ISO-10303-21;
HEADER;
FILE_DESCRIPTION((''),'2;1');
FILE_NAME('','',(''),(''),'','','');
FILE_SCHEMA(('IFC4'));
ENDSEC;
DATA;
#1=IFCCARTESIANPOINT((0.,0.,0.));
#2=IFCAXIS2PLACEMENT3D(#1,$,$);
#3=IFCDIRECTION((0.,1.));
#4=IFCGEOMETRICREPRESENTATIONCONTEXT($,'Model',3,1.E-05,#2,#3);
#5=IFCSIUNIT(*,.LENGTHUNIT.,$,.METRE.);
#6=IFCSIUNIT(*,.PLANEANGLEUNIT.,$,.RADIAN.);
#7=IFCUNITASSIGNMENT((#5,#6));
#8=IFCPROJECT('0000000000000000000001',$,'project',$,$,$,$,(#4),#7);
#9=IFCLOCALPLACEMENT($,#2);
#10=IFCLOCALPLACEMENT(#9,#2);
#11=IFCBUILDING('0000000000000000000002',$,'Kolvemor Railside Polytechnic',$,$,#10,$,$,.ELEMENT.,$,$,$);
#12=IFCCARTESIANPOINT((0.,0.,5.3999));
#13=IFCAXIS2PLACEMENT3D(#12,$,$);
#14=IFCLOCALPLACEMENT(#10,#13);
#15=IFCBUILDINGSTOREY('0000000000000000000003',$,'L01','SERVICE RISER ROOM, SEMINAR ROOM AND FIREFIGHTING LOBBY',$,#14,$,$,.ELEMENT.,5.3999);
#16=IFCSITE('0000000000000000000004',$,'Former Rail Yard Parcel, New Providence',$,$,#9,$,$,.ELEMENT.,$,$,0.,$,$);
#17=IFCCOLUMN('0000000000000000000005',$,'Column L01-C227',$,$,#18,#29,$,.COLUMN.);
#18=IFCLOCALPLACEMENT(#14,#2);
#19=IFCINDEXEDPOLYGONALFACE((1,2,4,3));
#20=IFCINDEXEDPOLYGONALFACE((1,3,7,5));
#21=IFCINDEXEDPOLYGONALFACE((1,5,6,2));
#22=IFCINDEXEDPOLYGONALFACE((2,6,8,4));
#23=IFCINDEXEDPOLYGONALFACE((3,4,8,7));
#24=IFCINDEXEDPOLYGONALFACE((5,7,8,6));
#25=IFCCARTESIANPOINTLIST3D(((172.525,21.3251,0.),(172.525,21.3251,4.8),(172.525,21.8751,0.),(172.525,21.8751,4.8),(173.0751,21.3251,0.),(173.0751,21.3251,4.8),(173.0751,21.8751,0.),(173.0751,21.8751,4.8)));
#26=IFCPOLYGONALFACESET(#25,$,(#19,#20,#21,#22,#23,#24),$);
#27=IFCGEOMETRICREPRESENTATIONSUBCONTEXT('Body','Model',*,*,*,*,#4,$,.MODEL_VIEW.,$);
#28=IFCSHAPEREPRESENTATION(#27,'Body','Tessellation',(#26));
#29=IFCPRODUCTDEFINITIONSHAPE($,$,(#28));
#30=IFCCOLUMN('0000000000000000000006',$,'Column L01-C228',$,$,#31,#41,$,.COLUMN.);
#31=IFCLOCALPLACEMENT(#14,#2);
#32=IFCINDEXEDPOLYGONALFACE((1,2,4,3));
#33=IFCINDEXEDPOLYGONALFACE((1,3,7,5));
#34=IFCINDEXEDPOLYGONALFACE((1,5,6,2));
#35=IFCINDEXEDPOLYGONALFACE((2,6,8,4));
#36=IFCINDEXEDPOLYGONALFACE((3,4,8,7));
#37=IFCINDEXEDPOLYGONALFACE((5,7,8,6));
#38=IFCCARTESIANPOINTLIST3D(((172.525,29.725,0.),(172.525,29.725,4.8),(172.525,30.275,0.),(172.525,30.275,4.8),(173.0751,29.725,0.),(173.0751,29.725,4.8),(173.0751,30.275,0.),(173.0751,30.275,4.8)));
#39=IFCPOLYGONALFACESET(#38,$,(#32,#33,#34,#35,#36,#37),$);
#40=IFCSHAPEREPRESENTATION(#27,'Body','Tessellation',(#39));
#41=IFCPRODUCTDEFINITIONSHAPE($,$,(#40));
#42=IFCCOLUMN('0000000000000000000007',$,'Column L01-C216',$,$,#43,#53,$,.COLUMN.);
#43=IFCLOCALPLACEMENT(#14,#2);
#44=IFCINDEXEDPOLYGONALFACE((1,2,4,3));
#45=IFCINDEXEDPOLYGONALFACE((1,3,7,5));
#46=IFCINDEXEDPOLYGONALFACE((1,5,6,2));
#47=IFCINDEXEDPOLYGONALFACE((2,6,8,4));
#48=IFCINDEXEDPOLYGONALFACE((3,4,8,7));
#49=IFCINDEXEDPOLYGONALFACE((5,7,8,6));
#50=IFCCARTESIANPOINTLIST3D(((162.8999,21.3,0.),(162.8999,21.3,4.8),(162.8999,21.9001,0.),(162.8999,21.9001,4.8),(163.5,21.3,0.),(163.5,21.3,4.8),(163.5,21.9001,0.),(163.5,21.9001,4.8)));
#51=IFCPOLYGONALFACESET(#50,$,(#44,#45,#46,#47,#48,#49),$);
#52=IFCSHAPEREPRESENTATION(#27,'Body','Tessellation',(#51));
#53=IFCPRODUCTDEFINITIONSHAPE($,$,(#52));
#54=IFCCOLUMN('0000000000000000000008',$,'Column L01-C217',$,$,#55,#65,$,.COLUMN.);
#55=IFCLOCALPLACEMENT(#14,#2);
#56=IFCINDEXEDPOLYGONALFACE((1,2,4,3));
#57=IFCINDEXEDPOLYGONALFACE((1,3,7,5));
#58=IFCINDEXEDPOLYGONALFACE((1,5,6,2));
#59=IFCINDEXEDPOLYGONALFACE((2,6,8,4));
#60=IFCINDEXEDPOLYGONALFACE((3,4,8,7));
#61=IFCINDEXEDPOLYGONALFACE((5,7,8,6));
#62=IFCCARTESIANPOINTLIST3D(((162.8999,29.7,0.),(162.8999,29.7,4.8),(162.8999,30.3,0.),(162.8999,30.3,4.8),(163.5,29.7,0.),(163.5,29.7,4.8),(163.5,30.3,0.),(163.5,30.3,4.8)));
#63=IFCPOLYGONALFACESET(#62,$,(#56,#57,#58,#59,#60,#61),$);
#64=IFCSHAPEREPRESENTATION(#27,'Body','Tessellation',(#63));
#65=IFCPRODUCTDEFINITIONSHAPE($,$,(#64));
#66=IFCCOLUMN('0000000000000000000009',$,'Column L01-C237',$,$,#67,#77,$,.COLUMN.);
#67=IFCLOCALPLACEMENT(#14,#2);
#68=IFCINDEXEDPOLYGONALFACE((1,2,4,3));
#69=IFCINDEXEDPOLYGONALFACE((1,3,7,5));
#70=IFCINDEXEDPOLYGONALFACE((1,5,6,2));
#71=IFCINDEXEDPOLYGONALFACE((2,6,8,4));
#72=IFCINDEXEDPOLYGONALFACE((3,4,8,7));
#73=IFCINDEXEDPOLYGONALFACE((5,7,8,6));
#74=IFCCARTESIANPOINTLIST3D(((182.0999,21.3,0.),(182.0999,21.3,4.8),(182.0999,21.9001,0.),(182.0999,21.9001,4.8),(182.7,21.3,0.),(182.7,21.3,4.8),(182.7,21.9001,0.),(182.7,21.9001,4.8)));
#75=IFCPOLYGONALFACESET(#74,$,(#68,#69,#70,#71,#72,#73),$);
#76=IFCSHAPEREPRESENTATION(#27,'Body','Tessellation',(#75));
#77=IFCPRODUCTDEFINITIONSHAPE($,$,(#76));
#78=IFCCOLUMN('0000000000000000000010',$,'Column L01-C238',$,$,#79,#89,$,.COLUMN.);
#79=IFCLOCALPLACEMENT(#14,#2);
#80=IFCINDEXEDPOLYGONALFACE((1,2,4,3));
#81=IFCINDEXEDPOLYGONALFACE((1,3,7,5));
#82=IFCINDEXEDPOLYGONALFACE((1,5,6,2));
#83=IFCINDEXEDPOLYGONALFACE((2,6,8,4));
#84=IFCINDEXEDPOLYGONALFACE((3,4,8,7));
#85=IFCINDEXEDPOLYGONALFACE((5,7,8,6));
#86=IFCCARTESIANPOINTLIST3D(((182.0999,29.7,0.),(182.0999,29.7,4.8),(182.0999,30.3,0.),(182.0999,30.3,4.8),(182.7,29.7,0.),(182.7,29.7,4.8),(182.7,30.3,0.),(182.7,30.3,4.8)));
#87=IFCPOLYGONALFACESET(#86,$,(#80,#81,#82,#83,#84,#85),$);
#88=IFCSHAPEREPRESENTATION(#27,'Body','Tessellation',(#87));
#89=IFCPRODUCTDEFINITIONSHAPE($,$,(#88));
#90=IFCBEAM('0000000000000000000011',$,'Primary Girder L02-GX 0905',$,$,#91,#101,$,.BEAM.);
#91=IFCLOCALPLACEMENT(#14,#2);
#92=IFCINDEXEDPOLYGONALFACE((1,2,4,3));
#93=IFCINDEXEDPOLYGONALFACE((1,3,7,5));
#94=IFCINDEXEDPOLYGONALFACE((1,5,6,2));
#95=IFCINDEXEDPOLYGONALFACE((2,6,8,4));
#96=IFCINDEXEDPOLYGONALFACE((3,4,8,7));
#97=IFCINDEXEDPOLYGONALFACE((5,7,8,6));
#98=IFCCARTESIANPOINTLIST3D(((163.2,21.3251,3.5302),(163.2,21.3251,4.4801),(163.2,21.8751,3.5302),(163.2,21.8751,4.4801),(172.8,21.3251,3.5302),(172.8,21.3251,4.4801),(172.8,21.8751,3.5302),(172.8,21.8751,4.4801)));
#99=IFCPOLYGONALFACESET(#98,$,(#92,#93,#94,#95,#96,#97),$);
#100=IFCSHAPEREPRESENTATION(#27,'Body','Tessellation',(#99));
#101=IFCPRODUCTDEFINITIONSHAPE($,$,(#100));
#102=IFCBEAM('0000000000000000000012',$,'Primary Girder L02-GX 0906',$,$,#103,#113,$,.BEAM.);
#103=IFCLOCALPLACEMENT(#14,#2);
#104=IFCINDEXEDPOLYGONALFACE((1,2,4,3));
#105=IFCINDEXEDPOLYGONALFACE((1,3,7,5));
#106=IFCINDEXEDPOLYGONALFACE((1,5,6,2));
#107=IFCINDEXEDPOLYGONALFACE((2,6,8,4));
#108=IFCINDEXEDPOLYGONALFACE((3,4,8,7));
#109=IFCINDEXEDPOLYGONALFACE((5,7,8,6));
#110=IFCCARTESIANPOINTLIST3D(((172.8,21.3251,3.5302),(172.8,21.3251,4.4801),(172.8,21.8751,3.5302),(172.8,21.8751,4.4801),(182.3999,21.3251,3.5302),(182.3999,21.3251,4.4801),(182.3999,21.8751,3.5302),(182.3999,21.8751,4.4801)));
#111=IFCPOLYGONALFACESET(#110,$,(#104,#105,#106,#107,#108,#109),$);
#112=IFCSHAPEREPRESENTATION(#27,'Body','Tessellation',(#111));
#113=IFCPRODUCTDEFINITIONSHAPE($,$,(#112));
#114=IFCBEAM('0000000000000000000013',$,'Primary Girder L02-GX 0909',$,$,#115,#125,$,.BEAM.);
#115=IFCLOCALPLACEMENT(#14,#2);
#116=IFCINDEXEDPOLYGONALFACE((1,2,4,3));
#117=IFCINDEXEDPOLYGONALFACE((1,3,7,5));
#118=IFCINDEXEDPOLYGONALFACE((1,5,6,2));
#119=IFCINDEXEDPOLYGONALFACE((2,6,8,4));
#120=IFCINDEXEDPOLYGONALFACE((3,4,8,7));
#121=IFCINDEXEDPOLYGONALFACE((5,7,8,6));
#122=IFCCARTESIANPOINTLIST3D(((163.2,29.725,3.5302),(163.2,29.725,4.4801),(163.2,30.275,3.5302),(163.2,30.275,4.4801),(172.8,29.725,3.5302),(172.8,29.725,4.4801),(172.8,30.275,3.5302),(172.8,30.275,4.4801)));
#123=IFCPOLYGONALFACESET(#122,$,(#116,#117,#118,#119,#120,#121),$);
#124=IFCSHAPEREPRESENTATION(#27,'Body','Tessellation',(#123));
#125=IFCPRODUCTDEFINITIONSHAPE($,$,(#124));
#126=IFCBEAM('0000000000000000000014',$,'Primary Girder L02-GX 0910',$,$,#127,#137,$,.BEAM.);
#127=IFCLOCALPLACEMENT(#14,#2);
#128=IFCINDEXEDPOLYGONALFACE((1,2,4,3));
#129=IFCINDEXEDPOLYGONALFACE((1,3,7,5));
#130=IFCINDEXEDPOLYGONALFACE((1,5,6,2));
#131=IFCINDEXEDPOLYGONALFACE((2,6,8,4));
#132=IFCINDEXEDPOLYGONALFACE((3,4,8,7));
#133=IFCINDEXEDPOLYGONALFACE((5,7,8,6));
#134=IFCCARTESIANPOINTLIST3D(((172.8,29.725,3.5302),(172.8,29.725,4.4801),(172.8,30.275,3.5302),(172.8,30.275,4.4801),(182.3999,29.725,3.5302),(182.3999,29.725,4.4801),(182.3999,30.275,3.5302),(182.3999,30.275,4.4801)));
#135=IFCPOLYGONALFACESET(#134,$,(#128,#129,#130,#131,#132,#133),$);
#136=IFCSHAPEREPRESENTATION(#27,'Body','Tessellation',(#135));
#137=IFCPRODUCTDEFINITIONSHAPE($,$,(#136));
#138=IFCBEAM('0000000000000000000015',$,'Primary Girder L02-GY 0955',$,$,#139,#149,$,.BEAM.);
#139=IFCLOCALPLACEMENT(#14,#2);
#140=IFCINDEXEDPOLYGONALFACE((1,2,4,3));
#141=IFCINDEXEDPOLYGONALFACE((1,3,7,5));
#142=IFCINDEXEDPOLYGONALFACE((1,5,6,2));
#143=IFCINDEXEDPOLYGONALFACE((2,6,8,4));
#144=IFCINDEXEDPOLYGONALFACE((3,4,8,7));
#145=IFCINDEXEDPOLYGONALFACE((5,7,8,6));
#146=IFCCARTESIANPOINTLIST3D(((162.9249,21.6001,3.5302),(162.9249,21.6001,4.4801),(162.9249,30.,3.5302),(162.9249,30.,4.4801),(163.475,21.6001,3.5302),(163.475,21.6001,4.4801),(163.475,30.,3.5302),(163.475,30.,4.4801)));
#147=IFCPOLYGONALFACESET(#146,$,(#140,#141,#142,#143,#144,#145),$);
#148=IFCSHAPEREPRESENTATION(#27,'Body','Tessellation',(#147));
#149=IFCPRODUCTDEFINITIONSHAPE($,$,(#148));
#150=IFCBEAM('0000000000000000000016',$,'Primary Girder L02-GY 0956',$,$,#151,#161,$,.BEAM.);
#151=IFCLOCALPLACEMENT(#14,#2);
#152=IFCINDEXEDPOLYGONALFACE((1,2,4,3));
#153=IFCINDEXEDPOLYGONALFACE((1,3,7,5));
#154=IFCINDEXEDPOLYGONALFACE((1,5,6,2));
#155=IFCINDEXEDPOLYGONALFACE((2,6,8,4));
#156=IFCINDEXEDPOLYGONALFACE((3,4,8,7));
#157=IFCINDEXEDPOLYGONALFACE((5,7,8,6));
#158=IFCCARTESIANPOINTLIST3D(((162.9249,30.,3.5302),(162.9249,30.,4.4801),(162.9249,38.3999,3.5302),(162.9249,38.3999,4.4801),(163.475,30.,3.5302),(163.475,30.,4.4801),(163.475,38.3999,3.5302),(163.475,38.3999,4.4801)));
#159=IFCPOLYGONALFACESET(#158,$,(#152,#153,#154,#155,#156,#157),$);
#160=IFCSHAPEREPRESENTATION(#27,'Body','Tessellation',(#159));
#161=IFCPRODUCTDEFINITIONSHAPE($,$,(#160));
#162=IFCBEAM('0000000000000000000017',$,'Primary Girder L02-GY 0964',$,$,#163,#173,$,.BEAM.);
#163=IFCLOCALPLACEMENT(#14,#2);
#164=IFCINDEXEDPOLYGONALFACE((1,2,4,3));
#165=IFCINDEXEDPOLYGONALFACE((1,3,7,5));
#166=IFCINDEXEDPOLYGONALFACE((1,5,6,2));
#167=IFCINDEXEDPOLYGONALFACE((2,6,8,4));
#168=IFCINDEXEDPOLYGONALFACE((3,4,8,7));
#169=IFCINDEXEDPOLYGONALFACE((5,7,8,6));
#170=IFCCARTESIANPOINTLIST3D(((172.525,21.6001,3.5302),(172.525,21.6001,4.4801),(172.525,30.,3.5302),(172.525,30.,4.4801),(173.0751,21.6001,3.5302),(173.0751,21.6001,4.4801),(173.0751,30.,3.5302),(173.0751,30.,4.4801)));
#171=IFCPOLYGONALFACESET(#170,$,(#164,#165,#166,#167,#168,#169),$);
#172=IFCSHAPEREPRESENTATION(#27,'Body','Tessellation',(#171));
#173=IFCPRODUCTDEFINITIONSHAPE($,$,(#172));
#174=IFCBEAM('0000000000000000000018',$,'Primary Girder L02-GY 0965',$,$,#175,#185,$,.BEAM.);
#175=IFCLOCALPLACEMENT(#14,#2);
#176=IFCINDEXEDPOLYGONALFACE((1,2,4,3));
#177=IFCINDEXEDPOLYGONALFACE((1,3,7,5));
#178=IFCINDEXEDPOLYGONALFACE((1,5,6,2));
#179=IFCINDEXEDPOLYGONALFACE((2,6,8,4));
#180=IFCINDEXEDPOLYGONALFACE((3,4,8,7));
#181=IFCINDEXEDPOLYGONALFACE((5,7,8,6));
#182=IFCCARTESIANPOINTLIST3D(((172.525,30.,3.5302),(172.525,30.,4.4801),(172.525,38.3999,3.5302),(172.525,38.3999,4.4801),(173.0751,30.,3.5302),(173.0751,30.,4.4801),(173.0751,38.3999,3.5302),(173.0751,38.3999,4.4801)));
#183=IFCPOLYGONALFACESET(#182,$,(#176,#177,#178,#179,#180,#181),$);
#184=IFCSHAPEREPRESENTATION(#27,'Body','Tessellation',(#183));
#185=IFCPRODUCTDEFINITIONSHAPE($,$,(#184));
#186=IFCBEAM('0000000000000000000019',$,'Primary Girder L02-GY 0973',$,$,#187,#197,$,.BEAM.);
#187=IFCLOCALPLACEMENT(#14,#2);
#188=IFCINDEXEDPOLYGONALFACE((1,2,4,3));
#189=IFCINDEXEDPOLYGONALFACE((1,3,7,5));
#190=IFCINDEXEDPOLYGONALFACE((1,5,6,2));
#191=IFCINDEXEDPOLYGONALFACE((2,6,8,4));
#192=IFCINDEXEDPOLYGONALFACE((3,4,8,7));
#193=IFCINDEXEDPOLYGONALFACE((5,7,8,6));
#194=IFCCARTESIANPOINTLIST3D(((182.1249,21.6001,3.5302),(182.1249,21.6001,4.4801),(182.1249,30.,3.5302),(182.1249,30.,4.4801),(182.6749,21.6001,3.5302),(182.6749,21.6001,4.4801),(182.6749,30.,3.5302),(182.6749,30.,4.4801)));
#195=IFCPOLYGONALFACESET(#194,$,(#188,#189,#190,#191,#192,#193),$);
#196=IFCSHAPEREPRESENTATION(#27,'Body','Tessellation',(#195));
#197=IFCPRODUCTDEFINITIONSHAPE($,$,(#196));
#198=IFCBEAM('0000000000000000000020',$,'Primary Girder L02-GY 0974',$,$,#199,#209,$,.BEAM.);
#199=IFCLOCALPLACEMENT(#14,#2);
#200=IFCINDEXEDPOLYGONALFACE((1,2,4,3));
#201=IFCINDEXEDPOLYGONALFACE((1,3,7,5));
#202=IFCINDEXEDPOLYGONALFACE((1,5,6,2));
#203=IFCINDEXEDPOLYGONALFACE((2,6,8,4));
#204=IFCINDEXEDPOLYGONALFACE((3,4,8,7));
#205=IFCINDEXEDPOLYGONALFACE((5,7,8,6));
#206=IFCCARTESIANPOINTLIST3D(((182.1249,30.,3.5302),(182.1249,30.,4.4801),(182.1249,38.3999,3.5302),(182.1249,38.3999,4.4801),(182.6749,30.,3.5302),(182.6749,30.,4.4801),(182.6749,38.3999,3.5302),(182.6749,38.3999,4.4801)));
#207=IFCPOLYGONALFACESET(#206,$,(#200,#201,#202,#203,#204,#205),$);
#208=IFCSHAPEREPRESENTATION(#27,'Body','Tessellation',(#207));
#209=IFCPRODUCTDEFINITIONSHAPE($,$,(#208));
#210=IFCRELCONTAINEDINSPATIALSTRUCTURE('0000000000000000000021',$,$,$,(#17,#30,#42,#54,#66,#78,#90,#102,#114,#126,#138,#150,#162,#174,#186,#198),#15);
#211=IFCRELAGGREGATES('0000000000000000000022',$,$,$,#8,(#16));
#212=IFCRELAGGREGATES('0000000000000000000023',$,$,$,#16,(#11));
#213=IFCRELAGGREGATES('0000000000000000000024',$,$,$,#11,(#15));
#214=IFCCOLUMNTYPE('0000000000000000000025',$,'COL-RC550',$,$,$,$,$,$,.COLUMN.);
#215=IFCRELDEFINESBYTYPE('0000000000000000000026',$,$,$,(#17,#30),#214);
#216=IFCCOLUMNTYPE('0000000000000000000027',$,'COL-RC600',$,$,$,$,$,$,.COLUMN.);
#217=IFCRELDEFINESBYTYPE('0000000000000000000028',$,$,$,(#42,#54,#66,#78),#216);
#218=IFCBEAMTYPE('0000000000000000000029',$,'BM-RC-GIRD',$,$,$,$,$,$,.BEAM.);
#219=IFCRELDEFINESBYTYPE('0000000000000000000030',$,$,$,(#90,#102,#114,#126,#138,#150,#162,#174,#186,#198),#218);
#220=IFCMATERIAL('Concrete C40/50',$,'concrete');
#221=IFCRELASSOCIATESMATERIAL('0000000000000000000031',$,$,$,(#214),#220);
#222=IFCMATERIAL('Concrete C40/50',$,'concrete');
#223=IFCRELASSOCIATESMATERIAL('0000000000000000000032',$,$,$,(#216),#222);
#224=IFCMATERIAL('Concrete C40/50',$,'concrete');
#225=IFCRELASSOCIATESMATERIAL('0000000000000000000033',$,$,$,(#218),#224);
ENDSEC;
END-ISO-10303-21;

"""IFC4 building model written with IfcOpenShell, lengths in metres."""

from ifc_helpers import new_model, si_unit, direction, frame, origin, origin_2d, place, context, subcontext, project, spatial, rectangle, extrude, material, material_profile, profile_set, type_object, element, save


model = new_model("IFC4")

# Units and contexts
model_context = context("Model", 3, precision=1e-05, world=origin(), true_north=direction((0.0, 1.0)))
body_context = subcontext(model_context, "Body", "Model", "MODEL_VIEW")
ifc_project = project(units=[si_unit("LENGTHUNIT", "METRE"), si_unit("PLANEANGLEUNIT", "RADIAN")], contexts=[model_context])

# Site, building, storey
site_placement = place(None, origin())
site = spatial("IfcSite", under=ifc_project, at=site_placement, Name="Former Rail Yard Parcel, New Providence", CompositionType="ELEMENT", RefElevation=0.0)
building_placement = place(site_placement, origin())
building = spatial("IfcBuilding", under=site, at=building_placement, Name="Kolvemor Railside Polytechnic", CompositionType="ELEMENT")
storey_placement = place(building_placement, frame((0.0, 0.0, 5.3999)))
storey = spatial("IfcBuildingStorey", under=building, at=storey_placement, Name="L01", Description="SERVICE RISER ROOM, SEMINAR ROOM AND FIREFIGHTING LOBBY", CompositionType="ELEMENT", Elevation=5.3999)

# Columns
ifc_material_1 = material(Name="Concrete C40/50", Category="concrete")
ifc_material_profile_1 = material_profile(ifc_material_1, rectangle(XDim=0.55, YDim=0.55, at=origin_2d()), Name="RC550x550")
ifc_profile_set_1 = profile_set([ifc_material_profile_1], Name="Concrete C40/50")
column_type_1 = type_object("IfcColumnType", Name="COL-RC550", PredefinedType="COLUMN", material=ifc_profile_set_1)
for number, where, z_axis, x_axis, name in (
    (1, (172.8, 21.6001, 0.0), (0.0, 0.0, 1.0), (1.0, 0.0, 0.0), "Column L01-C227"),
    (2, (172.8, 30.0, 0.0), (0.0, 0.0, 1.0), (1.0, 0.0, 0.0), "Column L01-C228"),
):
    element("IfcColumn", number, at=place(storey_placement, frame(where, z_axis=z_axis, x_axis=x_axis)), inside=storey, type_object=column_type_1, Name=name, PredefinedType="COLUMN", context=body_context, shape_type="SweptSolid", body=[
        extrude(rectangle(XDim=0.55, YDim=0.55, at=origin_2d()), origin(), (0.0, 0.0, 1.0), 4.8),
    ])
ifc_material_2 = material(Name="Concrete C40/50", Category="concrete")
ifc_material_profile_2 = material_profile(ifc_material_2, rectangle(XDim=0.6001, YDim=0.6001, at=origin_2d()), Name="RC600x600")
ifc_profile_set_2 = profile_set([ifc_material_profile_2], Name="Concrete C40/50")
column_type_2 = type_object("IfcColumnType", Name="COL-RC600", PredefinedType="COLUMN", material=ifc_profile_set_2)
for number, where, z_axis, x_axis, name in (
    (3, (163.2, 21.6001, 0.0), (0.0, 0.0, 1.0), (1.0, 0.0, 0.0), "Column L01-C216"),
    (4, (163.2, 30.0, 0.0), (0.0, 0.0, 1.0), (1.0, 0.0, 0.0), "Column L01-C217"),
    (5, (182.3999, 21.6001, 0.0), (0.0, 0.0, 1.0), (1.0, 0.0, 0.0), "Column L01-C237"),
    (6, (182.3999, 30.0, 0.0), (0.0, 0.0, 1.0), (1.0, 0.0, 0.0), "Column L01-C238"),
):
    element("IfcColumn", number, at=place(storey_placement, frame(where, z_axis=z_axis, x_axis=x_axis)), inside=storey, type_object=column_type_2, Name=name, PredefinedType="COLUMN", context=body_context, shape_type="SweptSolid", body=[
        extrude(rectangle(XDim=0.6001, YDim=0.6001, at=origin_2d()), origin(), (0.0, 0.0, 1.0), 4.8),
    ])

# Beams
ifc_material_3 = material(Name="Concrete C40/50", Category="concrete")
ifc_material_profile_3 = material_profile(ifc_material_3, rectangle(XDim=0.55, YDim=0.95, at=origin_2d()), Name="RC550x950")
ifc_profile_set_3 = profile_set([ifc_material_profile_3], Name="Concrete C40/50")
beam_type_1 = type_object("IfcBeamType", Name="BM-RC-GIRD", PredefinedType="BEAM", material=ifc_profile_set_3)
beam_1_placement = place(storey_placement, frame((163.2, 21.6001, 4.0051), z_axis=(1.0, 0.0, 0.0), x_axis=(0.0, 1.0, 0.0)))
element("IfcBeam", 7, at=beam_1_placement, inside=storey, type_object=beam_type_1, Name="Primary Girder L02-GX 0905", PredefinedType="BEAM", context=body_context, shape_type="SweptSolid", body=[
    extrude(rectangle(XDim=0.55, YDim=0.95, at=origin_2d()), origin(), (0.0, 0.0, 1.0), 9.6001),
])
beam_2_placement = place(storey_placement, frame((172.8, 21.6001, 4.0051), z_axis=(1.0, 0.0, 0.0), x_axis=(0.0, 1.0, 0.0)))
element("IfcBeam", 8, at=beam_2_placement, inside=storey, type_object=beam_type_1, Name="Primary Girder L02-GX 0906", PredefinedType="BEAM", context=body_context, shape_type="SweptSolid", body=[
    extrude(rectangle(XDim=0.55, YDim=0.95, at=origin_2d()), origin(), (0.0, 0.0, 1.0), 9.5999),
])
beam_3_placement = place(storey_placement, frame((163.2, 30.0, 4.0051), z_axis=(1.0, 0.0, 0.0), x_axis=(0.0, 1.0, 0.0)))
element("IfcBeam", 9, at=beam_3_placement, inside=storey, type_object=beam_type_1, Name="Primary Girder L02-GX 0909", PredefinedType="BEAM", context=body_context, shape_type="SweptSolid", body=[
    extrude(rectangle(XDim=0.55, YDim=0.95, at=origin_2d()), origin(), (0.0, 0.0, 1.0), 9.6001),
])
beam_4_placement = place(storey_placement, frame((172.8, 30.0, 4.0051), z_axis=(1.0, 0.0, 0.0), x_axis=(0.0, 1.0, 0.0)))
element("IfcBeam", 10, at=beam_4_placement, inside=storey, type_object=beam_type_1, Name="Primary Girder L02-GX 0910", PredefinedType="BEAM", context=body_context, shape_type="SweptSolid", body=[
    extrude(rectangle(XDim=0.55, YDim=0.95, at=origin_2d()), origin(), (0.0, 0.0, 1.0), 9.5999),
])
for number, where, z_axis, x_axis, name in (
    (11, (163.2, 21.6001, 4.0051), (0.0, 1.0, 0.0), (-1.0, 0.0, 0.0), "Primary Girder L02-GY 0955"),
    (12, (163.2, 30.0, 4.0051), (0.0, 1.0, 0.0), (-1.0, 0.0, 0.0), "Primary Girder L02-GY 0956"),
    (13, (172.8, 21.6001, 4.0051), (0.0, 1.0, 0.0), (-1.0, 0.0, 0.0), "Primary Girder L02-GY 0964"),
    (14, (172.8, 30.0, 4.0051), (0.0, 1.0, 0.0), (-1.0, 0.0, 0.0), "Primary Girder L02-GY 0965"),
    (15, (182.3999, 21.6001, 4.0051), (0.0, 1.0, 0.0), (-1.0, 0.0, 0.0), "Primary Girder L02-GY 0973"),
    (16, (182.3999, 30.0, 4.0051), (0.0, 1.0, 0.0), (-1.0, 0.0, 0.0), "Primary Girder L02-GY 0974"),
):
    element("IfcBeam", number, at=place(storey_placement, frame(where, z_axis=z_axis, x_axis=x_axis)), inside=storey, type_object=beam_type_1, Name=name, PredefinedType="BEAM", context=body_context, shape_type="SweptSolid", body=[
        extrude(rectangle(XDim=0.55, YDim=0.95, at=origin_2d()), origin(), (0.0, 0.0, 1.0), 8.3999),
    ])

save(model, "model.ifc")
